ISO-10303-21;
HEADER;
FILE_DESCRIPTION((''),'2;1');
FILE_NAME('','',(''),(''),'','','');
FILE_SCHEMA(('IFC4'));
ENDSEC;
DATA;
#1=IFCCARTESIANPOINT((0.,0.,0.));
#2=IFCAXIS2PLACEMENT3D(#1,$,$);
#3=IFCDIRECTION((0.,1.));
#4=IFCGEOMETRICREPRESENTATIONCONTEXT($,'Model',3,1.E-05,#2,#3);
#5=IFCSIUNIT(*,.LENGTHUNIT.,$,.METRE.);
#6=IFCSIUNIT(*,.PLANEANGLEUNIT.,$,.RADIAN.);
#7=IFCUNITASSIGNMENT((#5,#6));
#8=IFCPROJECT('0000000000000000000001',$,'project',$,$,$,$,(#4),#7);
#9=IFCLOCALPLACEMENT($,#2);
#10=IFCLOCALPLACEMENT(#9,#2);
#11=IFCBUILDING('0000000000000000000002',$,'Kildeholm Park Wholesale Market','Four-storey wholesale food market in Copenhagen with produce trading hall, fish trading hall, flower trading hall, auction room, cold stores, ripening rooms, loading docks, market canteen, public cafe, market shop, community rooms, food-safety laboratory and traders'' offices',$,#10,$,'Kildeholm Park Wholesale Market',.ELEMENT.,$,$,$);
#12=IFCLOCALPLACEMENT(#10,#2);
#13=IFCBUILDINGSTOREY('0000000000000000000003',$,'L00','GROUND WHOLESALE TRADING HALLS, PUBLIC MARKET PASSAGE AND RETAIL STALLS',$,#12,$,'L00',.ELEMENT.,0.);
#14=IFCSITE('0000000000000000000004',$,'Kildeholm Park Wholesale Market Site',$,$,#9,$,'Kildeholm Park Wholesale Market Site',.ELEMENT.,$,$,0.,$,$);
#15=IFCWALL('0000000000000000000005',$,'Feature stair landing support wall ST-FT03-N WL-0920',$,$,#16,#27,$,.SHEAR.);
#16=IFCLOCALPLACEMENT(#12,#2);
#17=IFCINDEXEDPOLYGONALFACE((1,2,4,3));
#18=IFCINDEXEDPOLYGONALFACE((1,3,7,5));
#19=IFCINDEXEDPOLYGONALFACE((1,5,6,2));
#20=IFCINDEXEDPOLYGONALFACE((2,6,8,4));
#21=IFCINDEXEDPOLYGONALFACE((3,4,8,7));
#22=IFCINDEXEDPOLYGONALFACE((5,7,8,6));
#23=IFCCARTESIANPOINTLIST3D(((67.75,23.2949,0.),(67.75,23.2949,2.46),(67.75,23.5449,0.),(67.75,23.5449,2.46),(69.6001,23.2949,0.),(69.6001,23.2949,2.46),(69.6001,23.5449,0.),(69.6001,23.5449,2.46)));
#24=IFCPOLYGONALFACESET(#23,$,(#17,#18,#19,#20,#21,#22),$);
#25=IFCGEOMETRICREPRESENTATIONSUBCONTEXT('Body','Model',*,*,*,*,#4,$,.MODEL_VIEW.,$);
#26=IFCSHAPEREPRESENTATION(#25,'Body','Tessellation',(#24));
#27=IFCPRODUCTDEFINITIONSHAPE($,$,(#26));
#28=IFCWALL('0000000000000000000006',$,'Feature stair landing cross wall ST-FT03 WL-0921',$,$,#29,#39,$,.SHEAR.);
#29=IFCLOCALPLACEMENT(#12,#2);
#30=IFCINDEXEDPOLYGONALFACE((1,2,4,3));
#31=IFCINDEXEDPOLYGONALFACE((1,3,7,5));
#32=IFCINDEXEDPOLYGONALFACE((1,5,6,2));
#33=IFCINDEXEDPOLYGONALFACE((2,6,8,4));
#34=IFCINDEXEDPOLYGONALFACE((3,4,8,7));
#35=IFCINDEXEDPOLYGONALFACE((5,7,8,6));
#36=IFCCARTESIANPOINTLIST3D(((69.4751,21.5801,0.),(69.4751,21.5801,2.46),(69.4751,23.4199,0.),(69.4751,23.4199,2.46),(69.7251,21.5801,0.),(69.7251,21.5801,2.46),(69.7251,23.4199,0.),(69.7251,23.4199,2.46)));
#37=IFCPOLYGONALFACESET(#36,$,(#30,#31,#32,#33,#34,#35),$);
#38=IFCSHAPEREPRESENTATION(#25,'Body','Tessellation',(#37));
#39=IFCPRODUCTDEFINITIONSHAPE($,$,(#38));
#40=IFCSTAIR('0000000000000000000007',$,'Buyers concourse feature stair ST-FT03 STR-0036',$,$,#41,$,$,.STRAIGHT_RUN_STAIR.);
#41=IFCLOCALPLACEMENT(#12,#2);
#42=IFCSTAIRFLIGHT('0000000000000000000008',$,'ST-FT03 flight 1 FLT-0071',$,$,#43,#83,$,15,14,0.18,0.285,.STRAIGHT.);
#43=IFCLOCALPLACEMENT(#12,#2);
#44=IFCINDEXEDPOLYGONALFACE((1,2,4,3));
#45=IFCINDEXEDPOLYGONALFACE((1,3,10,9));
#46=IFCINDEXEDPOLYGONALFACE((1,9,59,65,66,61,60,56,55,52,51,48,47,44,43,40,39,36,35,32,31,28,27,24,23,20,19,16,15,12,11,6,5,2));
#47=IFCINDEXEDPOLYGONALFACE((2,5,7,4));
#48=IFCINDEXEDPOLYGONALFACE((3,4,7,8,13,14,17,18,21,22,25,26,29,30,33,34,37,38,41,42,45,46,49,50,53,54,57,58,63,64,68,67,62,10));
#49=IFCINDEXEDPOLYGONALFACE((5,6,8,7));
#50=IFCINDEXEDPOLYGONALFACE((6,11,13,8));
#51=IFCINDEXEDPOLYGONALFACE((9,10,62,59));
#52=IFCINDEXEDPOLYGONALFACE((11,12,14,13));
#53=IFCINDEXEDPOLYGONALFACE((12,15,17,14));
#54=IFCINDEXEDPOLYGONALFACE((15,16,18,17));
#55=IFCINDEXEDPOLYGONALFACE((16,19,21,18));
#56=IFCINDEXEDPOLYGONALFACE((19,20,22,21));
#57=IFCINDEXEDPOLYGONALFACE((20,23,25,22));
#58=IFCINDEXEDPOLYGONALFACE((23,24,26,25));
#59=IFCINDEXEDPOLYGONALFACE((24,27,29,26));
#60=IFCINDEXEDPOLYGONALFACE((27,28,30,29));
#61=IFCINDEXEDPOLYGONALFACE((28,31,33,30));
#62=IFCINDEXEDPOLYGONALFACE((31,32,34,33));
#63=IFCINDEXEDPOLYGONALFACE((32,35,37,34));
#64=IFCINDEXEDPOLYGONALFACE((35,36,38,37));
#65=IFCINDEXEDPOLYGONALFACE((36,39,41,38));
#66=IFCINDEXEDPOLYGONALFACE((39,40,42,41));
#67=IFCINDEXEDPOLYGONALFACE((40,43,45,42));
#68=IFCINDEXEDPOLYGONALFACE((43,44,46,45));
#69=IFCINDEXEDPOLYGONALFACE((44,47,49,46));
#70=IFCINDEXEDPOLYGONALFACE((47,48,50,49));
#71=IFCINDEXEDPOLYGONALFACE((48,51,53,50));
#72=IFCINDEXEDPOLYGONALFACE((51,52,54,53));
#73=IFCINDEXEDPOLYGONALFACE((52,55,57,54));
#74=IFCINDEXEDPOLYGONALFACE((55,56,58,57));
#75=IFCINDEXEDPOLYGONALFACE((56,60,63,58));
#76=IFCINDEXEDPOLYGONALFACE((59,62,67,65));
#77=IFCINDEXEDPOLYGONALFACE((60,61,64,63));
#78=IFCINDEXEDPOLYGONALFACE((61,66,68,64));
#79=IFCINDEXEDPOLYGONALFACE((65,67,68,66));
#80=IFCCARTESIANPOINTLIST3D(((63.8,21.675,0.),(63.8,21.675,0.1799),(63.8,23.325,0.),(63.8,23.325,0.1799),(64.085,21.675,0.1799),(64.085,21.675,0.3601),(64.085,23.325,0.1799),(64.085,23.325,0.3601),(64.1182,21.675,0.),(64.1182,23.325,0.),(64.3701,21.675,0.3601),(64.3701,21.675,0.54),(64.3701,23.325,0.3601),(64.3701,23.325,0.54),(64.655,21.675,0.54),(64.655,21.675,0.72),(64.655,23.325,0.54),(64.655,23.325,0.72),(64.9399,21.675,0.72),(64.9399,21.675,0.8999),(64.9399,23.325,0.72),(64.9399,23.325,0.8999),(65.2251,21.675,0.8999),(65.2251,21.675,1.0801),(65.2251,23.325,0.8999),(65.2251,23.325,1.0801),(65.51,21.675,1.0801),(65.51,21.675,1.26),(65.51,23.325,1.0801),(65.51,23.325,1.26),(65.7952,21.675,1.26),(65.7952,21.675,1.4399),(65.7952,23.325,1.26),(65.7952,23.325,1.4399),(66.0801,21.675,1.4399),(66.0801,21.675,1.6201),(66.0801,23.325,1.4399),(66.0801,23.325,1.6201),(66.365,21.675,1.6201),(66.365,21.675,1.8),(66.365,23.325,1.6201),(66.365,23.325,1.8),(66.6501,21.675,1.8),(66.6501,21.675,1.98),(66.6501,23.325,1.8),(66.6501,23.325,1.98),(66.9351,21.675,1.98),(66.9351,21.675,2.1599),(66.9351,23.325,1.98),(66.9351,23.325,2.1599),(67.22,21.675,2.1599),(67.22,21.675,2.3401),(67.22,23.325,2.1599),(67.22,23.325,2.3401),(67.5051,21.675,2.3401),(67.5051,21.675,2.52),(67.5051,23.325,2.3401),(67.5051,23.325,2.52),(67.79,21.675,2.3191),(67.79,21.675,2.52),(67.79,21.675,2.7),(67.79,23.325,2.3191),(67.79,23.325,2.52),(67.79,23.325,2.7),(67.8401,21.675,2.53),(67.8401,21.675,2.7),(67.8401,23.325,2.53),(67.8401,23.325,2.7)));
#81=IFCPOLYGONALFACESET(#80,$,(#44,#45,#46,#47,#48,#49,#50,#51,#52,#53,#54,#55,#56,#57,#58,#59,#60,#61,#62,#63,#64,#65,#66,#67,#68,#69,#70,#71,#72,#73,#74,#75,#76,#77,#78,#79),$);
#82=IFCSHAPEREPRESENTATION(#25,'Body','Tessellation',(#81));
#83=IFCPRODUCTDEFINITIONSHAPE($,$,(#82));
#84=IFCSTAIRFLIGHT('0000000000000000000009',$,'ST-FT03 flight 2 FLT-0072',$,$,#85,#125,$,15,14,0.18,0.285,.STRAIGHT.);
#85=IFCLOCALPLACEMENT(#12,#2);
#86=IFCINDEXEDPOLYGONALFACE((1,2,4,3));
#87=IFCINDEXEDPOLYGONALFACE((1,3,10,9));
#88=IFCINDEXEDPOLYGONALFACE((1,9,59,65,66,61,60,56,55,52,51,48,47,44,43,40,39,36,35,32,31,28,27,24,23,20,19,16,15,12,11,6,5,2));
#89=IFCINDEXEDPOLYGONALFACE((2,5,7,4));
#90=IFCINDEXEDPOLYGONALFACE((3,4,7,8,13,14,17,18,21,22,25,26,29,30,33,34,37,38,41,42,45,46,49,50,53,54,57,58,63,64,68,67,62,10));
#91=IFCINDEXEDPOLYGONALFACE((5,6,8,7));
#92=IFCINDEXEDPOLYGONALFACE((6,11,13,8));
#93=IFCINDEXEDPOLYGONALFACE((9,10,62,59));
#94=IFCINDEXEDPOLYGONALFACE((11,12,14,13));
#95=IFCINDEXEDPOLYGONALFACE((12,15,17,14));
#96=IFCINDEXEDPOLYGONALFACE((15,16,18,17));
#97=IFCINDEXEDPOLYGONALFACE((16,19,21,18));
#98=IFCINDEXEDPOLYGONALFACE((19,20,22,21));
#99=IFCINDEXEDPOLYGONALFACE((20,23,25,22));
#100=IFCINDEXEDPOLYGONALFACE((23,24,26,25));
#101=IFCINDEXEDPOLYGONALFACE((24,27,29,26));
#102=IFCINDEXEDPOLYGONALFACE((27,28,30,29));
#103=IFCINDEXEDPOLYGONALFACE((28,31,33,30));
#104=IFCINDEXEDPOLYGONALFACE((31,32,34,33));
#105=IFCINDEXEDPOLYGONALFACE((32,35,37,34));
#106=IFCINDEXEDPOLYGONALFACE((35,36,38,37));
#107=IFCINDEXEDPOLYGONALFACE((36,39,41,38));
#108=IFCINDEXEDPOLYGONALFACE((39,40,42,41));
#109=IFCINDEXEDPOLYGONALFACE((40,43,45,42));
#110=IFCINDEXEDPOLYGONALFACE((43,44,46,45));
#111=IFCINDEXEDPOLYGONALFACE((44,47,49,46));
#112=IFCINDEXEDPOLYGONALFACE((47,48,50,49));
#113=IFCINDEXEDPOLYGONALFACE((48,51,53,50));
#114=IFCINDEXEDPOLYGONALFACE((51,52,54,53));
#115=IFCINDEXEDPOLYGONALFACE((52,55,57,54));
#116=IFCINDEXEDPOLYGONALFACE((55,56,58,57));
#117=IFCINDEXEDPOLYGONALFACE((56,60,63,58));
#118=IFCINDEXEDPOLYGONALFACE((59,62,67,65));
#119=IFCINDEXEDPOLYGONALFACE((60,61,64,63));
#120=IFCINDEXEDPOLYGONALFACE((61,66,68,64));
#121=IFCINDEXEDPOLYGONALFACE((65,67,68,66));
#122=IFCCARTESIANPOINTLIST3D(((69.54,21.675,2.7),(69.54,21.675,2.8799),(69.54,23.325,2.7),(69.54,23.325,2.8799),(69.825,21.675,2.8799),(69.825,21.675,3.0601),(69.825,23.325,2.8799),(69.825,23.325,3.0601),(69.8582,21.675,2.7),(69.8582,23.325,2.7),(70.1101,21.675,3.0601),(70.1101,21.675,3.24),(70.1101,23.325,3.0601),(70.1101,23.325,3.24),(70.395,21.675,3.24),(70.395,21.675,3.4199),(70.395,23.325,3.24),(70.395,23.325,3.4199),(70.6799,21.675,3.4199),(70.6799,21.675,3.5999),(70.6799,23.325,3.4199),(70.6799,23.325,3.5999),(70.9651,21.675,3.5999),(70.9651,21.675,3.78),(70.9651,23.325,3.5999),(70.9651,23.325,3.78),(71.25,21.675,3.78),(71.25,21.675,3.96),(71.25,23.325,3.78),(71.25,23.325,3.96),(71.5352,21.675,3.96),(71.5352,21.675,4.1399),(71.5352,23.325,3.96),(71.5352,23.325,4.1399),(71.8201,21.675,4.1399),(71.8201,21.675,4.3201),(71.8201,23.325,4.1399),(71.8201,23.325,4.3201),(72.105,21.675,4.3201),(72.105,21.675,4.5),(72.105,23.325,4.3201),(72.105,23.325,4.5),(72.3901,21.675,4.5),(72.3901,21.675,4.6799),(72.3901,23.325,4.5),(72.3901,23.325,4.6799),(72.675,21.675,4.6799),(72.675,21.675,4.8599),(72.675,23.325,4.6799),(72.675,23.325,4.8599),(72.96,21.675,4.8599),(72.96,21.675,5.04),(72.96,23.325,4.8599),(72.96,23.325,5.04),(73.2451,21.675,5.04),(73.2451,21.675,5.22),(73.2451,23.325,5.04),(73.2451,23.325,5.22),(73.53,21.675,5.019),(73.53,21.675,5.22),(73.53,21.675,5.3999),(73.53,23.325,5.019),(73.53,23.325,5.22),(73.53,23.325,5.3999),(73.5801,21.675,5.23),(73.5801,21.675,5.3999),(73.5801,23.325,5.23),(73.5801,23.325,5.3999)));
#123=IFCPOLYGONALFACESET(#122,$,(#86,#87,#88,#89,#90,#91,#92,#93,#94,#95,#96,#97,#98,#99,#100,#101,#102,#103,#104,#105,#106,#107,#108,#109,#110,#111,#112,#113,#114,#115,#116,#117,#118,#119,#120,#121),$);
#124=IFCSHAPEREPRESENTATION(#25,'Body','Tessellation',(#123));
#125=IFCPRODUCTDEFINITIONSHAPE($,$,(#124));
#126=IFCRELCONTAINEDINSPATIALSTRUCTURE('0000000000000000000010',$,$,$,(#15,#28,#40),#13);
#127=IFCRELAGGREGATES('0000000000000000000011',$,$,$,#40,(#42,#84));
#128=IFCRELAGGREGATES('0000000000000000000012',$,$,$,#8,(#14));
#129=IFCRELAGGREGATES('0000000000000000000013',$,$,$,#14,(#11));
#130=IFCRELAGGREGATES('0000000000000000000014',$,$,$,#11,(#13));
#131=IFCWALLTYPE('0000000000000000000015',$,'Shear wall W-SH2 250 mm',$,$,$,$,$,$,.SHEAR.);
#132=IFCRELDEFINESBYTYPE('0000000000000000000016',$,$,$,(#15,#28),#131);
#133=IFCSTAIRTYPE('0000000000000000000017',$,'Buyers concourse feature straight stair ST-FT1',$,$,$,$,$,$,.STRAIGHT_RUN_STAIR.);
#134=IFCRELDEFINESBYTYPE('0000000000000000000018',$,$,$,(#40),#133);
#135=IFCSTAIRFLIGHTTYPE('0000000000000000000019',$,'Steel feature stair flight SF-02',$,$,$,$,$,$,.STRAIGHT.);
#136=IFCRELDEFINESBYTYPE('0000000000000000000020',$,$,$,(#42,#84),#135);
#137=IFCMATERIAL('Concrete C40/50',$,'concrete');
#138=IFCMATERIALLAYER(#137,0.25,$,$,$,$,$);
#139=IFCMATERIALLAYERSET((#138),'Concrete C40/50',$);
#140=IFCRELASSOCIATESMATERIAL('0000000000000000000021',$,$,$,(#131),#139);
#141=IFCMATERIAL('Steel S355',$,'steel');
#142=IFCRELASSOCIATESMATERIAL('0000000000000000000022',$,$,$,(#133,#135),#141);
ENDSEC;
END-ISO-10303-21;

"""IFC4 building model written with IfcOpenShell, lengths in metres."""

from ifc_helpers import new_model, si_unit, direction, frame, frame_2d, origin, place, context, subcontext, project, spatial, polyline, rectangle, outline, extrude, material, layer, layer_set, type_object, element, aggregate, save


model = new_model("IFC4")

# Units and contexts
model_context = context("Model", 3, precision=1e-05, world=origin(), true_north=direction((0.0, 1.0)))
body_context = subcontext(model_context, "Body", "Model", "MODEL_VIEW")
ifc_project = project(units=[si_unit("LENGTHUNIT", "METRE"), si_unit("PLANEANGLEUNIT", "RADIAN")], contexts=[model_context])

# Site, building, storey
site_placement = place(None, origin())
site = spatial("IfcSite", under=ifc_project, at=site_placement, Name="Kildeholm Park Wholesale Market Site", LongName="Kildeholm Park Wholesale Market Site", CompositionType="ELEMENT", RefElevation=0.0)
building_placement = place(site_placement, origin())
building = spatial("IfcBuilding", under=site, at=building_placement, Name="Kildeholm Park Wholesale Market", Description="Four-storey wholesale food market in Copenhagen with produce trading hall, fish trading hall, flower trading hall, auction room, cold stores, ripening rooms, loading docks, market canteen, public cafe, market shop, community rooms, food-safety laboratory and traders' offices", LongName="Kildeholm Park Wholesale Market", CompositionType="ELEMENT")
storey_placement = place(building_placement, origin())
storey = spatial("IfcBuildingStorey", under=building, at=storey_placement, Name="L00", Description="GROUND WHOLESALE TRADING HALLS, PUBLIC MARKET PASSAGE AND RETAIL STALLS", LongName="L00", CompositionType="ELEMENT", Elevation=0.0)

# Shared definitions
ifc_material_1 = material(Name="Steel S355", Category="steel")

# Walls
ifc_material_2 = material(Name="Concrete C40/50", Category="concrete")
ifc_layer_1 = layer(ifc_material_2, 0.25)
ifc_layer_set_1 = layer_set([ifc_layer_1], Name="Concrete C40/50")
wall_type_1 = type_object("IfcWallType", Name="Shear wall W-SH2 250 mm", PredefinedType="SHEAR", material=ifc_layer_set_1)
for number, where, z_axis, x_axis, name in (
    (1, (67.75, 23.4199, 0.0), (0.0, 0.0, 1.0), (1.0, 0.0, 0.0), "Feature stair landing support wall ST-FT03-N WL-0920"),
):
    element("IfcWall", number, at=place(storey_placement, frame(where, z_axis=z_axis, x_axis=x_axis)), inside=storey, type_object=wall_type_1, Name=name, PredefinedType="SHEAR", context=body_context, shape_type="SweptSolid", body=[
        extrude(rectangle(XDim=1.8501, YDim=0.25, at=frame_2d((0.925, 0.0))), origin(), (0.0, 0.0, 1.0), 2.46),
    ])
wall_1_placement = place(storey_placement, frame((69.6001, 21.5801, 0.0), z_axis=(0.0, 0.0, 1.0), x_axis=(0.0, 1.0, 0.0)))
element("IfcWall", 2, at=wall_1_placement, inside=storey, type_object=wall_type_1, Name="Feature stair landing cross wall ST-FT03 WL-0921", PredefinedType="SHEAR", context=body_context, shape_type="SweptSolid", body=[
    extrude(rectangle(XDim=1.8398, YDim=0.25, at=frame_2d((0.9199, 0.0))), origin(), (0.0, 0.0, 1.0), 2.46),
])

# Stair, stair flights
stair_type = type_object("IfcStairType", Name="Buyers concourse feature straight stair ST-FT1", PredefinedType="STRAIGHT_RUN_STAIR", material=ifc_material_1)
stair_placement = place(storey_placement, origin())
stair = element("IfcStair", 3, at=stair_placement, inside=storey, type_object=stair_type, Name="Buyers concourse feature stair ST-FT03 STR-0036", PredefinedType="STRAIGHT_RUN_STAIR")
stair_flight_type = type_object("IfcStairFlightType", Name="Steel feature stair flight SF-02", PredefinedType="STRAIGHT", material=ifc_material_1)
stair_flight_1_placement = place(storey_placement, frame((63.8, 22.5, 0.0), z_axis=(0.0, 0.0, 1.0), x_axis=(1.0, 0.0, 0.0)))
stair_flight_1 = element("IfcStairFlight", 4, at=stair_flight_1_placement, type_object=stair_flight_type, Name="ST-FT03 flight 1 FLT-0071", NumberOfRisers=15, NumberOfTreads=14, PredefinedType="STRAIGHT", RiserHeight=0.18, TreadLength=0.285, context=body_context, shape_type="SweptSolid", body=[
    extrude(outline(polyline([(0.0, 0.0), (0.0, 0.1799), (0.2849, 0.1799), (0.2849, 0.3601), (0.5701, 0.3601), (0.5701, 0.54), (0.855, 0.54), (0.855, 0.72), (1.1399, 0.72), (1.1399, 0.8999), (1.425, 0.8999), (1.425, 1.0801), (1.71, 1.0801), (1.71, 1.26), (1.9951, 1.26), (1.9951, 1.4399), (2.28, 1.4399), (2.28, 1.6201), (2.5649, 1.6201), (2.5649, 1.8), (2.8501, 1.8), (2.8501, 1.98), (3.135, 1.98), (3.135, 2.1599), (3.4199, 2.1599), (3.4199, 2.3401), (3.7051, 2.3401), (3.7051, 2.52), (3.99, 2.52), (3.99, 2.7), (4.04, 2.7), (4.04, 2.53), (3.99, 2.3191), (0.3181, 0.0), (0.0, 0.0)])), frame((0.0, 0.825, 0.0), z_axis=(0.0, -1.0, 0.0), x_axis=(1.0, 0.0, 0.0)), (0.0, 0.0, 1.0), 1.6499),
])
stair_flight_2_placement = place(storey_placement, frame((69.54, 22.5, 2.7), z_axis=(0.0, 0.0, 1.0), x_axis=(1.0, 0.0, 0.0)))
stair_flight_2 = element("IfcStairFlight", 5, at=stair_flight_2_placement, type_object=stair_flight_type, Name="ST-FT03 flight 2 FLT-0072", NumberOfRisers=15, NumberOfTreads=14, PredefinedType="STRAIGHT", RiserHeight=0.18, TreadLength=0.285, context=body_context, shape_type="SweptSolid", body=[
    extrude(outline(polyline([(0.0, 0.0), (0.0, 0.1799), (0.2849, 0.1799), (0.2849, 0.3601), (0.5701, 0.3601), (0.5701, 0.54), (0.855, 0.54), (0.855, 0.72), (1.1399, 0.72), (1.1399, 0.8999), (1.425, 0.8999), (1.425, 1.0801), (1.71, 1.0801), (1.71, 1.26), (1.9951, 1.26), (1.9951, 1.4399), (2.28, 1.4399), (2.28, 1.6201), (2.5649, 1.6201), (2.5649, 1.8), (2.8501, 1.8), (2.8501, 1.98), (3.135, 1.98), (3.135, 2.1599), (3.4199, 2.1599), (3.4199, 2.3401), (3.7051, 2.3401), (3.7051, 2.52), (3.99, 2.52), (3.99, 2.7), (4.04, 2.7), (4.04, 2.53), (3.99, 2.3191), (0.3181, 0.0), (0.0, 0.0)])), frame((0.0, 0.825, 0.0), z_axis=(0.0, -1.0, 0.0), x_axis=(1.0, 0.0, 0.0)), (0.0, 0.0, 1.0), 1.6499),
])
aggregate(stair, [stair_flight_1, stair_flight_2])

save(model, "model.ifc")
